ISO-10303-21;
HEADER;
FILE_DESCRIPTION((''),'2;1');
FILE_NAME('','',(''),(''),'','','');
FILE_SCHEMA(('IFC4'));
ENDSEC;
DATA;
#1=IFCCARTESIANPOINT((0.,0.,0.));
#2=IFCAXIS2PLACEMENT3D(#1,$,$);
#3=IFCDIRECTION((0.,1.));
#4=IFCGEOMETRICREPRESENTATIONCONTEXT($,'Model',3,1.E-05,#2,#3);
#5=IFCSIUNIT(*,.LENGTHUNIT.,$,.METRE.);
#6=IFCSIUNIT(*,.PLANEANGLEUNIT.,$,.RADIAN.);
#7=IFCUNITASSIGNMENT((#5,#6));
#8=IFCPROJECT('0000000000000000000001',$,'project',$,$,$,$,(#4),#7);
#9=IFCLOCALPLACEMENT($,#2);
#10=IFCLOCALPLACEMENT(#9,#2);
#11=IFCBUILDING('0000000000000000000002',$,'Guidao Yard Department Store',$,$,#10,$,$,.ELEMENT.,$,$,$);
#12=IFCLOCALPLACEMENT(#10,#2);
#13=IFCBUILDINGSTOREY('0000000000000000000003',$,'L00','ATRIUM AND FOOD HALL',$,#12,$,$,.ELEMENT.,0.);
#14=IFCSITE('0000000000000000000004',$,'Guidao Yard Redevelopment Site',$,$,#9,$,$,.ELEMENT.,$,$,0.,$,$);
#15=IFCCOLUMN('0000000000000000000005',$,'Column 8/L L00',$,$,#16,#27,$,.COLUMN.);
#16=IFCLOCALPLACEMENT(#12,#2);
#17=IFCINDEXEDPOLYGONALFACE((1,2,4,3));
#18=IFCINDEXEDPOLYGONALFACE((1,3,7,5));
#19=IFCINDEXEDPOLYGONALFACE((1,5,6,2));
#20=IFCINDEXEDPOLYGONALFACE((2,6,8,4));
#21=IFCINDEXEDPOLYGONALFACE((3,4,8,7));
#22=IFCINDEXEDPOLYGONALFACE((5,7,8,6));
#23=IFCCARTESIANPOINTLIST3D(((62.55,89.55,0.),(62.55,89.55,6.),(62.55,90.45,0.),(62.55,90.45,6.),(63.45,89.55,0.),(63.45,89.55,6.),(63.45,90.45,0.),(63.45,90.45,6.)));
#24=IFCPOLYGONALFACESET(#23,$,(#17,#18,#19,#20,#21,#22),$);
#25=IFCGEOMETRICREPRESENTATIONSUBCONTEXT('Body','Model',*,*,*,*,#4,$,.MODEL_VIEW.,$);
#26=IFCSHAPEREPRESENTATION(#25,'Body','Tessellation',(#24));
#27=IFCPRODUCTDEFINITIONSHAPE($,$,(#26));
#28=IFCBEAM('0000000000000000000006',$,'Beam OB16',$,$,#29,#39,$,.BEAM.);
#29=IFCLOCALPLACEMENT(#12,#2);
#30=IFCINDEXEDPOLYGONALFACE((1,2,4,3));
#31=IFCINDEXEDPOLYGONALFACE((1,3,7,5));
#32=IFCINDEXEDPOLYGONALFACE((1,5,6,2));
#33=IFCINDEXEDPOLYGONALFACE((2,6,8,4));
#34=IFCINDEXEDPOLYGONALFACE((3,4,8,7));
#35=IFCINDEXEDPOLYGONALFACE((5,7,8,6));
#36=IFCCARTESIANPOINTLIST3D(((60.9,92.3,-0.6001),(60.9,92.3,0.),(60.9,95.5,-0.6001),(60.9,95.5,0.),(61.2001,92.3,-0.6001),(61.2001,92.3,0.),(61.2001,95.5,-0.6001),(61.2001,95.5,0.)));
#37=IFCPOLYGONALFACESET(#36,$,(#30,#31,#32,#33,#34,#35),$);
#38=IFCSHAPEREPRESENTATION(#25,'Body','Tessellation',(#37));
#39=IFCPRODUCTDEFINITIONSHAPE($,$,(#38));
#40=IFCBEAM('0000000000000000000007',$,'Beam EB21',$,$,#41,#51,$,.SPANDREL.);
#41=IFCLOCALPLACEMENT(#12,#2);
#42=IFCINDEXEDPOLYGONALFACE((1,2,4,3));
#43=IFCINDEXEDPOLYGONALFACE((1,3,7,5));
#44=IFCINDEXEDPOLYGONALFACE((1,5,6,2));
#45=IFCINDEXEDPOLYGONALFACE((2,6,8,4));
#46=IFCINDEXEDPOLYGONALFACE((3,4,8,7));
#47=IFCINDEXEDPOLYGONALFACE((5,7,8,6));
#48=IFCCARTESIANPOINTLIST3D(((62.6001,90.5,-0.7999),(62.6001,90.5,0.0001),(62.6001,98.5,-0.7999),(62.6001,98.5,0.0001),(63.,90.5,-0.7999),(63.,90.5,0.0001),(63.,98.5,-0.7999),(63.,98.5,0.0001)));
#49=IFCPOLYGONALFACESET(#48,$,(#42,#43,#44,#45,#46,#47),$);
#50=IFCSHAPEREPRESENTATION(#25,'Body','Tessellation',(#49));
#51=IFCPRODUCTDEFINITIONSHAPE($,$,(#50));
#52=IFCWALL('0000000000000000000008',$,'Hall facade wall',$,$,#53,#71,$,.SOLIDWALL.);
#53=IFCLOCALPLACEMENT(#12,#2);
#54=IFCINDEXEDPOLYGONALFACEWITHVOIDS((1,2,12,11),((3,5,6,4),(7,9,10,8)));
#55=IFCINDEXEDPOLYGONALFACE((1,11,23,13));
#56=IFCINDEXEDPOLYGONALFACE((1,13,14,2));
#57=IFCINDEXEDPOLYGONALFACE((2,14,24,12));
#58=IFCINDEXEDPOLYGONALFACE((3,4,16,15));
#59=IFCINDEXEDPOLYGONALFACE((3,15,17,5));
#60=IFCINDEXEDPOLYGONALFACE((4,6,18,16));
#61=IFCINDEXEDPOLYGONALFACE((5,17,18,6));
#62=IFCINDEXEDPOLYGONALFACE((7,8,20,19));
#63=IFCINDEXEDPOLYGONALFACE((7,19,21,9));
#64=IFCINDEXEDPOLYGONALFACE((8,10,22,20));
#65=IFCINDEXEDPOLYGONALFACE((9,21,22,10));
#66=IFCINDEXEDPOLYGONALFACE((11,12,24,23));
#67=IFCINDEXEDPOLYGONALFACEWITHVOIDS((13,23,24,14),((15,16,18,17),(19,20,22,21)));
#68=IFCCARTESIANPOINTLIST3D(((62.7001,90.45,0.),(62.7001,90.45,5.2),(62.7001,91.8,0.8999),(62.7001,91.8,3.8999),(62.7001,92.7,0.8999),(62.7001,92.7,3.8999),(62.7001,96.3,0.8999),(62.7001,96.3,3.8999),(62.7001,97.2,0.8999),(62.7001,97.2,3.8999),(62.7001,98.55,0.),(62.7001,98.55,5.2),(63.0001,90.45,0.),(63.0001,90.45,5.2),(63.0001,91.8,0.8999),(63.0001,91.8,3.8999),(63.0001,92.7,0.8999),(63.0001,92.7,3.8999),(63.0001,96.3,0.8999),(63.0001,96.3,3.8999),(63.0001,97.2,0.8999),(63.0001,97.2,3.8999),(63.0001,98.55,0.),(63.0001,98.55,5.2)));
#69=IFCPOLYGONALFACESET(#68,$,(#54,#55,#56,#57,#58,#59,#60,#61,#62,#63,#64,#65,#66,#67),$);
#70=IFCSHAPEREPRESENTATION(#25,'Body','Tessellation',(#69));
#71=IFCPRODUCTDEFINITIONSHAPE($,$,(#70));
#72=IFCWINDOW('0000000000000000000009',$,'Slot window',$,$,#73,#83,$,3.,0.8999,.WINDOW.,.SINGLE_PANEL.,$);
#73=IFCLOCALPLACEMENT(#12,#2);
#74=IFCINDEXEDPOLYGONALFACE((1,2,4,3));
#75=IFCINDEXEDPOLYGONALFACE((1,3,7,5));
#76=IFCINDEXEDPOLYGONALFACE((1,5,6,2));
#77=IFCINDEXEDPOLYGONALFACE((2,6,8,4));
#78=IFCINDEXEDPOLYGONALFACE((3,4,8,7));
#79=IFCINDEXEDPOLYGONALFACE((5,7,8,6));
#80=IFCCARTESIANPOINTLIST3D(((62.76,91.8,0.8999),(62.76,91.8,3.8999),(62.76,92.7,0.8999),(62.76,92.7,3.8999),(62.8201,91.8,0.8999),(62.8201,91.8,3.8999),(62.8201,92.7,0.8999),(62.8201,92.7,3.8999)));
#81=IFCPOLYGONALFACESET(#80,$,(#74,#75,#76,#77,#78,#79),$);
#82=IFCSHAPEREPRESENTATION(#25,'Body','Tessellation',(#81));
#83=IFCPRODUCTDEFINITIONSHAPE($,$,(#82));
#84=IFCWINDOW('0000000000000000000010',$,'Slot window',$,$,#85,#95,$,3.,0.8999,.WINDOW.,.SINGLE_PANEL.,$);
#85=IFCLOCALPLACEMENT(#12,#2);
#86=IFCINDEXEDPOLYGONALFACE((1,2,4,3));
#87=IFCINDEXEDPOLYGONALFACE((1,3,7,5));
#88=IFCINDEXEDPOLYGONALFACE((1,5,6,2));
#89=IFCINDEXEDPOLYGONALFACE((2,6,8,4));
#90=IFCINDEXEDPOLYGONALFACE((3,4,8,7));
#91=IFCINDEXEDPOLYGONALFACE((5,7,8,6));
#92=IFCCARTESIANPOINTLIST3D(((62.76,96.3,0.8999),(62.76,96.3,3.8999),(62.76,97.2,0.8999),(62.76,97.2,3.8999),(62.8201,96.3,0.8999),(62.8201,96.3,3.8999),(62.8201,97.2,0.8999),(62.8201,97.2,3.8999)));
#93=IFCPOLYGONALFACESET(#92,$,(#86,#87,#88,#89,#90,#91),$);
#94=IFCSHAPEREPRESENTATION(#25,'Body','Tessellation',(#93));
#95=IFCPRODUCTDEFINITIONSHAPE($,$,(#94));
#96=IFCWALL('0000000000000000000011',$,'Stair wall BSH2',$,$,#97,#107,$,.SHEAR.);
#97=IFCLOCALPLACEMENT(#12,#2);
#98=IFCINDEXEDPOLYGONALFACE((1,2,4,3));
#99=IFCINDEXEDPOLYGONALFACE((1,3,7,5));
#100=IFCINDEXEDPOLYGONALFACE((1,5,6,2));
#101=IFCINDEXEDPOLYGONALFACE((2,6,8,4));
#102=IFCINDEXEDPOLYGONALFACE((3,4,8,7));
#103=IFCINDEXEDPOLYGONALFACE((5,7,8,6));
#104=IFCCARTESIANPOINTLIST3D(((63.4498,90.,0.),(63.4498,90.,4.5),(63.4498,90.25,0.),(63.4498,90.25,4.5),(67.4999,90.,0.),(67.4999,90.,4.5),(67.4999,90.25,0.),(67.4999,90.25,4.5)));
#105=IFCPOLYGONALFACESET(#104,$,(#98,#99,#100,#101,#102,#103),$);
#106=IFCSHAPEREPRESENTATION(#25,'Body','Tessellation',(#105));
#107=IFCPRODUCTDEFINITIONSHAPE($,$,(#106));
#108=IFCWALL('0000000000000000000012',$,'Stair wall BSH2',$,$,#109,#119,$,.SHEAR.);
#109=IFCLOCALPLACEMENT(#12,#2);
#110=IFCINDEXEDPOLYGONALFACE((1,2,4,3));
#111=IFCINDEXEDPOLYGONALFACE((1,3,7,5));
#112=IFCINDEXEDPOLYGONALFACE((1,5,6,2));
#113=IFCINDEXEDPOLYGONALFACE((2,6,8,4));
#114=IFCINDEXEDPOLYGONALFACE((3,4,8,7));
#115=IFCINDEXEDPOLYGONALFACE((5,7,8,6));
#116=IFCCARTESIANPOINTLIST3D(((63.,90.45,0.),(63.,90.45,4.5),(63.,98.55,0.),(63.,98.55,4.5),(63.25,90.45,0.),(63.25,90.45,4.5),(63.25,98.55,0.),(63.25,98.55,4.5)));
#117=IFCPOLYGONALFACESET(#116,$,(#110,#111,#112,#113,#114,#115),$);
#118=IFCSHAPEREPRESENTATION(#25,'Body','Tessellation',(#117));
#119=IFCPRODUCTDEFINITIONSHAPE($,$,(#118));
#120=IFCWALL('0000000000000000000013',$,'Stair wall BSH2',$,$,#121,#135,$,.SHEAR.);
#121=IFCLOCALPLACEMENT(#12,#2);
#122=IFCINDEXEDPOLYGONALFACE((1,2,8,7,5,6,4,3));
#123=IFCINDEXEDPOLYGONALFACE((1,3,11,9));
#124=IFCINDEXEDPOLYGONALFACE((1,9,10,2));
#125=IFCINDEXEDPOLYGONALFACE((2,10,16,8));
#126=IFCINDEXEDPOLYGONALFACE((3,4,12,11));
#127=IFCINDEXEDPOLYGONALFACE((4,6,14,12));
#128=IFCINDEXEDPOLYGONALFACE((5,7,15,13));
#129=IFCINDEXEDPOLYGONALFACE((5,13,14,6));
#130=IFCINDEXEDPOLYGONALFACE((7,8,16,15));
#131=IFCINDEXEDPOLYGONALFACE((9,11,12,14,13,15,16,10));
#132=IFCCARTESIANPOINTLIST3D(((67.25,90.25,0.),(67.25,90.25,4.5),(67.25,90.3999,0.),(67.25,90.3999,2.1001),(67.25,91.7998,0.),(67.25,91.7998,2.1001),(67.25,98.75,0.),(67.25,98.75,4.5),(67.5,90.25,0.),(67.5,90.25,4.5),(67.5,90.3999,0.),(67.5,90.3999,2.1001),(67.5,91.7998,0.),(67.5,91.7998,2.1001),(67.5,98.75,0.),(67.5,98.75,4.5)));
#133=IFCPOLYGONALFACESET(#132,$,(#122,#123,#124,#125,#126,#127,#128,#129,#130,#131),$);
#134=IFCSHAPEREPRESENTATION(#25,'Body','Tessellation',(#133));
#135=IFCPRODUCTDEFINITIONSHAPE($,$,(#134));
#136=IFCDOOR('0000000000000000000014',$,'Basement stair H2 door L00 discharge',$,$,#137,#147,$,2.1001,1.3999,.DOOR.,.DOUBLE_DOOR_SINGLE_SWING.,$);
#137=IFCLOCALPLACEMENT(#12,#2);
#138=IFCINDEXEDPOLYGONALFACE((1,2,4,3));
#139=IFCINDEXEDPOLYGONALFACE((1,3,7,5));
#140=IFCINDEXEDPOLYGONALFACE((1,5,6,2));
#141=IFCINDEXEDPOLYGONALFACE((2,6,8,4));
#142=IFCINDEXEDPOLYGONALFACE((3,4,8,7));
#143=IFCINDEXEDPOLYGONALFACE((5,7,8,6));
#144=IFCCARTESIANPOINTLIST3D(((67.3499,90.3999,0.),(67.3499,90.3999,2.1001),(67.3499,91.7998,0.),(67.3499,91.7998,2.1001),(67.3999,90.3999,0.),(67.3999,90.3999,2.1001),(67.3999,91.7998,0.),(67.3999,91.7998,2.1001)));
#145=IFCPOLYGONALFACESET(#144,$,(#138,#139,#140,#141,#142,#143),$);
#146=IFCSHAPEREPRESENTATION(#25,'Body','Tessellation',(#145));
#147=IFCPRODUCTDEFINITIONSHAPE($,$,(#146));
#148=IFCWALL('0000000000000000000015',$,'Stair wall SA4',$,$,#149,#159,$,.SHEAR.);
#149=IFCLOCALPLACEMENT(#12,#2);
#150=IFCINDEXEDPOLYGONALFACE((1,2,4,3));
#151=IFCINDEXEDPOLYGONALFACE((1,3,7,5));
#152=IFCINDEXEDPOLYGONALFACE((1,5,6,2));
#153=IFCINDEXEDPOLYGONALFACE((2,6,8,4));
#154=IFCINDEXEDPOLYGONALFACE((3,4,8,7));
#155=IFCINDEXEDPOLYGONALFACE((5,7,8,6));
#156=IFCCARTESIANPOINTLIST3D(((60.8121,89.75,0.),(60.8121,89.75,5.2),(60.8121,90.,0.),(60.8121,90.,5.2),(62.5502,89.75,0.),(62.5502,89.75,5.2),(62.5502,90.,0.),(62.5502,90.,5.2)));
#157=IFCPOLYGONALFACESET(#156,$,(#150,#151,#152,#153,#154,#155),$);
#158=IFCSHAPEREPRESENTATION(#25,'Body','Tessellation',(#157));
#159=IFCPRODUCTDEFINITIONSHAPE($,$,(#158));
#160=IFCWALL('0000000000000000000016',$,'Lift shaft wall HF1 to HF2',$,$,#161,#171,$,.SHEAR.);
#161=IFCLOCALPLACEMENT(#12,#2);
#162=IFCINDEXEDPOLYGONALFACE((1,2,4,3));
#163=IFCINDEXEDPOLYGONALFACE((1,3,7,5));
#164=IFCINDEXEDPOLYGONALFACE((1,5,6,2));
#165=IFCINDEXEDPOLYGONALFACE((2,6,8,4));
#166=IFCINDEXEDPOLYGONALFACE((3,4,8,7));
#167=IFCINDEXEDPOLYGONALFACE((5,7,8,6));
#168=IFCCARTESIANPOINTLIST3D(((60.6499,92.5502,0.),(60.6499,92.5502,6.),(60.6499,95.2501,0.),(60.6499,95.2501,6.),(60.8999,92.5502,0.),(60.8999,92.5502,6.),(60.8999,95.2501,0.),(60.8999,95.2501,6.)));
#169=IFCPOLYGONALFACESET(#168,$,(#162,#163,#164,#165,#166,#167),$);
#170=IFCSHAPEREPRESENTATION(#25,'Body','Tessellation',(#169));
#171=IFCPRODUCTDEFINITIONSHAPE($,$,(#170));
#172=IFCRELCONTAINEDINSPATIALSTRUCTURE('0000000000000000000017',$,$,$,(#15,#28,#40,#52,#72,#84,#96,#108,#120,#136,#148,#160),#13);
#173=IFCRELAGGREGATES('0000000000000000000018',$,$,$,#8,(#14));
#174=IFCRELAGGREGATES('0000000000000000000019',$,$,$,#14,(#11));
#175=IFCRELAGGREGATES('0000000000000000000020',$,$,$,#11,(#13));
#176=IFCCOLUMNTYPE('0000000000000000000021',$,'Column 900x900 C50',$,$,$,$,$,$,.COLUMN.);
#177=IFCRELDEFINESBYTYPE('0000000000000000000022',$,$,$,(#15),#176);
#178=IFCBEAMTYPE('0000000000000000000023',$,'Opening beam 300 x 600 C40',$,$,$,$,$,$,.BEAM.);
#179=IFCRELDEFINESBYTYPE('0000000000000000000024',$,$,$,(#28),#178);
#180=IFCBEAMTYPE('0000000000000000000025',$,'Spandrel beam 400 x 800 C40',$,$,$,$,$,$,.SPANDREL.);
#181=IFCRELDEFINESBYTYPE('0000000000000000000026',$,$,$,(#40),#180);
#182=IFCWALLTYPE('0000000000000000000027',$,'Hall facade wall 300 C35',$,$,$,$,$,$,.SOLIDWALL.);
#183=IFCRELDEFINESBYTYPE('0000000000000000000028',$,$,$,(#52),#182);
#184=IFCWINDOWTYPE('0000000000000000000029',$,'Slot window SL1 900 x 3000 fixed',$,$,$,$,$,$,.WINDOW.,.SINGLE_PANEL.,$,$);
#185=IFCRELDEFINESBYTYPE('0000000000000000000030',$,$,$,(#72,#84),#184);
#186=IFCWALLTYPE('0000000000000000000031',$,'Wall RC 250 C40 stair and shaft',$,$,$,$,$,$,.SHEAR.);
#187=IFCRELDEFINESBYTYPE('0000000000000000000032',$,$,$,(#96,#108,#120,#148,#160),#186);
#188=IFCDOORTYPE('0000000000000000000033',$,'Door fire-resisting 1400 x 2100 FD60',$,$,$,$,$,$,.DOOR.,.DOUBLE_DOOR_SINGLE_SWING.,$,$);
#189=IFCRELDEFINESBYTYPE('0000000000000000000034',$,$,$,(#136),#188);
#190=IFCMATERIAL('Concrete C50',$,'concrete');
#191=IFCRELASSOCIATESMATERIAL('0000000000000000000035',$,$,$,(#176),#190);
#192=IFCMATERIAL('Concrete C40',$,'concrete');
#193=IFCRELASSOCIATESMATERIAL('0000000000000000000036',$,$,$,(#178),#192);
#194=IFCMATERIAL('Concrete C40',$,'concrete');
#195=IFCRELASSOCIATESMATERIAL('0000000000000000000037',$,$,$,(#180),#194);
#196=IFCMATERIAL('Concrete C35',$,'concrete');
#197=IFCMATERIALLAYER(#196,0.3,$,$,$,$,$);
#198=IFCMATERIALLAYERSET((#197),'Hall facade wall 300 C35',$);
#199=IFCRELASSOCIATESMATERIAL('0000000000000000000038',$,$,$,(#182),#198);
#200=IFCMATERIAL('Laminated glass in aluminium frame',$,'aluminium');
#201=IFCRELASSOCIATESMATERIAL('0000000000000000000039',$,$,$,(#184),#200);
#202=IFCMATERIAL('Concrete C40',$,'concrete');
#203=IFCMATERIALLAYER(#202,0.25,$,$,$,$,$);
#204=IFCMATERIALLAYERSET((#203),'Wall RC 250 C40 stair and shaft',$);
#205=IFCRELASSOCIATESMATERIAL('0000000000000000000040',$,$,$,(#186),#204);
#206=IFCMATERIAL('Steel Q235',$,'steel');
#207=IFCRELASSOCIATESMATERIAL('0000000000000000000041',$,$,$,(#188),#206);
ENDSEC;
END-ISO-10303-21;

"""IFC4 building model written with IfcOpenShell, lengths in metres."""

from ifc_helpers import new_model, si_unit, direction, frame, frame_2d, origin, origin_2d, place, context, subcontext, project, spatial, rectangle, extrude, material, layer, layer_set, material_profile, profile_set, type_object, element, fill, save


model = new_model("IFC4")

# Units and contexts
model_context = context("Model", 3, precision=1e-05, world=origin(), true_north=direction((0.0, 1.0)))
body_context = subcontext(model_context, "Body", "Model", "MODEL_VIEW")
ifc_project = project(units=[si_unit("LENGTHUNIT", "METRE"), si_unit("PLANEANGLEUNIT", "RADIAN")], contexts=[model_context])

# Site, building, storey
site_placement = place(None, origin())
site = spatial("IfcSite", under=ifc_project, at=site_placement, Name="Guidao Yard Redevelopment Site", CompositionType="ELEMENT", RefElevation=0.0)
building_placement = place(site_placement, origin())
building = spatial("IfcBuilding", under=site, at=building_placement, Name="Guidao Yard Department Store", CompositionType="ELEMENT")
storey_placement = place(building_placement, origin())
storey = spatial("IfcBuildingStorey", under=building, at=storey_placement, Name="L00", Description="ATRIUM AND FOOD HALL", CompositionType="ELEMENT", Elevation=0.0)

# Column
ifc_material_1 = material(Name="Concrete C50", Category="concrete")
ifc_material_profile_1 = material_profile(ifc_material_1, rectangle(XDim=0.8999, YDim=0.8999, at=origin_2d()), Name="COL 900x900")
ifc_profile_set_1 = profile_set([ifc_material_profile_1], Name="Concrete C50")
column_type = type_object("IfcColumnType", Name="Column 900x900 C50", PredefinedType="COLUMN", material=ifc_profile_set_1)
column_placement = place(storey_placement, frame((63.0, 90.0, 0.0), z_axis=(0.0, 0.0, 1.0), x_axis=(1.0, 0.0, 0.0)))
element("IfcColumn", 1, at=column_placement, inside=storey, type_object=column_type, Name="Column 8/L L00", PredefinedType="COLUMN", context=body_context, shape_type="SweptSolid", body=[
    extrude(rectangle(XDim=0.8999, YDim=0.8999, at=origin_2d()), origin(), (0.0, 0.0, 1.0), 6.0),
])

# Beams
ifc_material_2 = material(Name="Concrete C40", Category="concrete")
ifc_material_profile_2 = material_profile(ifc_material_2, rectangle(XDim=0.3, YDim=0.6001, at=origin_2d()), Name="Opening beam 300 x 600 C40")
ifc_profile_set_2 = profile_set([ifc_material_profile_2], Name="Concrete C40")
beam_type_1 = type_object("IfcBeamType", Name="Opening beam 300 x 600 C40", PredefinedType="BEAM", material=ifc_profile_set_2)
beam_1_placement = place(storey_placement, frame((61.05, 92.3, -0.3), z_axis=(0.0, 1.0, 0.0), x_axis=(-1.0, 0.0, 0.0)))
element("IfcBeam", 2, at=beam_1_placement, inside=storey, type_object=beam_type_1, Name="Beam OB16", PredefinedType="BEAM", context=body_context, shape_type="SweptSolid", body=[
    extrude(rectangle(XDim=0.3, YDim=0.6001, at=origin_2d()), origin(), (0.0, 0.0, 1.0), 3.2),
])
ifc_material_3 = material(Name="Concrete C40", Category="concrete")
ifc_material_profile_3 = material_profile(ifc_material_3, rectangle(XDim=0.3999, YDim=0.8, at=origin_2d()), Name="Spandrel beam 400 x 800 C40")
ifc_profile_set_3 = profile_set([ifc_material_profile_3], Name="Concrete C40")
beam_type_2 = type_object("IfcBeamType", Name="Spandrel beam 400 x 800 C40", PredefinedType="SPANDREL", material=ifc_profile_set_3)
beam_2_placement = place(storey_placement, frame((62.8, 90.5, -0.3999), z_axis=(0.0, 1.0, 0.0), x_axis=(-1.0, 0.0, 0.0)))
element("IfcBeam", 3, at=beam_2_placement, inside=storey, type_object=beam_type_2, Name="Beam EB21", PredefinedType="SPANDREL", context=body_context, shape_type="SweptSolid", body=[
    extrude(rectangle(XDim=0.3999, YDim=0.8, at=origin_2d()), origin(), (0.0, 0.0, 1.0), 8.0),
])

# Wall, openings, windows
ifc_material_4 = material(Name="Concrete C35", Category="concrete")
ifc_layer_1 = layer(ifc_material_4, 0.3)
ifc_layer_set_1 = layer_set([ifc_layer_1], Name="Hall facade wall 300 C35")
wall_type_1 = type_object("IfcWallType", Name="Hall facade wall 300 C35", PredefinedType="SOLIDWALL", material=ifc_layer_set_1)
wall_1_placement = place(storey_placement, frame((62.8501, 98.55, 0.0), z_axis=(0.0, 0.0, 1.0), x_axis=(0.0, -1.0, 0.0)))
wall_1 = element("IfcWall", 4, at=wall_1_placement, inside=storey, type_object=wall_type_1, Name="Hall facade wall", PredefinedType="SOLIDWALL", context=body_context, shape_type="SweptSolid", body=[
    extrude(rectangle(XDim=8.1001, YDim=0.3, at=frame_2d((4.05, 0.0))), origin(), (0.0, 0.0, 1.0), 5.2),
])
opening_1_placement = place(wall_1_placement, frame((5.8501, 0.0, 0.8999)))
opening_1 = element("IfcOpeningElement", 5, at=opening_1_placement, cuts=wall_1, PredefinedType="OPENING", context=body_context, shape_type="SweptSolid", body=[
    extrude(rectangle(XDim=0.8999, YDim=3.0, at=frame_2d((0.45, 1.5))), frame((0.0, 0.1599, 0.0), z_axis=(0.0, -1.0, 0.0), x_axis=(1.0, 0.0, 0.0)), (0.0, 0.0, 1.0), 0.3201),
])
opening_2_placement = place(wall_1_placement, frame((1.3501, 0.0, 0.8999)))
opening_2 = element("IfcOpeningElement", 6, at=opening_2_placement, cuts=wall_1, PredefinedType="OPENING", context=body_context, shape_type="SweptSolid", body=[
    extrude(rectangle(XDim=0.8999, YDim=3.0, at=frame_2d((0.45, 1.5))), frame((0.0, 0.1599, 0.0), z_axis=(0.0, -1.0, 0.0), x_axis=(1.0, 0.0, 0.0)), (0.0, 0.0, 1.0), 0.3201),
])
ifc_material_5 = material(Name="Laminated glass in aluminium frame", Category="aluminium")
window_type = type_object("IfcWindowType", Name="Slot window SL1 900 x 3000 fixed", PartitioningType="SINGLE_PANEL", PredefinedType="WINDOW", material=ifc_material_5)
window_1_placement = place(opening_1_placement, origin())
window_1 = element("IfcWindow", 7, at=window_1_placement, inside=storey, type_object=window_type, Name="Slot window", OverallHeight=3.0, OverallWidth=0.8999, PartitioningType="SINGLE_PANEL", PredefinedType="WINDOW", context=body_context, shape_type="SweptSolid", body=[
    extrude(rectangle(XDim=0.8999, YDim=3.0, at=frame_2d((0.45, 1.5))), frame((0.0, -0.03, 0.0), z_axis=(0.0, -1.0, 0.0), x_axis=(1.0, 0.0, 0.0)), (0.0, 0.0, 1.0), 0.0601),
])
fill(opening_1, window_1)
window_2_placement = place(opening_2_placement, origin())
window_2 = element("IfcWindow", 8, at=window_2_placement, inside=storey, type_object=window_type, Name="Slot window", OverallHeight=3.0, OverallWidth=0.8999, PartitioningType="SINGLE_PANEL", PredefinedType="WINDOW", context=body_context, shape_type="SweptSolid", body=[
    extrude(rectangle(XDim=0.8999, YDim=3.0, at=frame_2d((0.45, 1.5))), frame((0.0, -0.03, 0.0), z_axis=(0.0, -1.0, 0.0), x_axis=(1.0, 0.0, 0.0)), (0.0, 0.0, 1.0), 0.0601),
])
fill(opening_2, window_2)

# Walls
ifc_material_6 = material(Name="Concrete C40", Category="concrete")
ifc_layer_2 = layer(ifc_material_6, 0.25)
ifc_layer_set_2 = layer_set([ifc_layer_2], Name="Wall RC 250 C40 stair and shaft")
wall_type_2 = type_object("IfcWallType", Name="Wall RC 250 C40 stair and shaft", PredefinedType="SHEAR", material=ifc_layer_set_2)
wall_2_placement = place(storey_placement, frame((63.45, 90.125, 0.0), z_axis=(0.0, 0.0, 1.0), x_axis=(1.0, 0.0, 0.0)))
element("IfcWall", 9, at=wall_2_placement, inside=storey, type_object=wall_type_2, Name="Stair wall BSH2", PredefinedType="SHEAR", context=body_context, shape_type="SweptSolid", body=[
    extrude(rectangle(XDim=4.05, YDim=0.25, at=frame_2d((2.0249, 0.0))), origin(), (0.0, 0.0, 1.0), 4.5),
])
wall_3_placement = place(storey_placement, frame((63.125, 90.45, 0.0), z_axis=(0.0, 0.0, 1.0), x_axis=(0.0, 1.0, 0.0)))
element("IfcWall", 10, at=wall_3_placement, inside=storey, type_object=wall_type_2, Name="Stair wall BSH2", PredefinedType="SHEAR", context=body_context, shape_type="SweptSolid", body=[
    extrude(rectangle(XDim=8.1001, YDim=0.25, at=frame_2d((4.05, 0.0))), origin(), (0.0, 0.0, 1.0), 4.5),
])

# Wall, opening, door
wall_4_placement = place(storey_placement, frame((67.375, 90.25, 0.0), z_axis=(0.0, 0.0, 1.0), x_axis=(0.0, 1.0, 0.0)))
wall_4 = element("IfcWall", 11, at=wall_4_placement, inside=storey, type_object=wall_type_2, Name="Stair wall BSH2", PredefinedType="SHEAR", context=body_context, shape_type="SweptSolid", body=[
    extrude(rectangle(XDim=8.5, YDim=0.25, at=frame_2d((4.25, 0.0))), origin(), (0.0, 0.0, 1.0), 4.5),
])
opening_3_placement = place(wall_4_placement, frame((1.5498, 0.0, 0.0), z_axis=(0.0, 0.0, 1.0), x_axis=(-1.0, 0.0, 0.0)))
opening_3 = element("IfcOpeningElement", 12, at=opening_3_placement, cuts=wall_4, PredefinedType="OPENING", context=body_context, shape_type="SweptSolid", body=[
    extrude(rectangle(XDim=1.3999, YDim=2.1001, at=frame_2d((0.7, 1.05))), frame((0.0, 0.135, 0.0), z_axis=(0.0, -1.0, 0.0), x_axis=(1.0, 0.0, 0.0)), (0.0, 0.0, 1.0), 0.27),
])
ifc_material_7 = material(Name="Steel Q235", Category="steel")
door_type = type_object("IfcDoorType", Name="Door fire-resisting 1400 x 2100 FD60", OperationType="DOUBLE_DOOR_SINGLE_SWING", PredefinedType="DOOR", material=ifc_material_7)
door_placement = place(opening_3_placement, origin())
door = element("IfcDoor", 13, at=door_placement, inside=storey, type_object=door_type, Name="Basement stair H2 door L00 discharge", OperationType="DOUBLE_DOOR_SINGLE_SWING", OverallHeight=2.1001, OverallWidth=1.3999, PredefinedType="DOOR", context=body_context, shape_type="SweptSolid", body=[
    extrude(rectangle(XDim=1.3999, YDim=2.1001, at=frame_2d((0.7, 1.05))), frame((0.0, 0.0249, 0.0), z_axis=(0.0, -1.0, 0.0), x_axis=(1.0, 0.0, 0.0)), (0.0, 0.0, 1.0), 0.05),
])
fill(opening_3, door)

# Walls
wall_5_placement = place(storey_placement, frame((60.812, 89.875, 0.0), z_axis=(0.0, 0.0, 1.0), x_axis=(1.0, 0.0, 0.0)))
element("IfcWall", 14, at=wall_5_placement, inside=storey, type_object=wall_type_2, Name="Stair wall SA4", PredefinedType="SHEAR", context=body_context, shape_type="SweptSolid", body=[
    extrude(rectangle(XDim=1.738, YDim=0.25, at=frame_2d((0.8691, 0.0))), origin(), (0.0, 0.0, 1.0), 5.2),
])
wall_6_placement = place(storey_placement, frame((60.7749, 92.55, 0.0), z_axis=(0.0, 0.0, 1.0), x_axis=(0.0, 1.0, 0.0)))
element("IfcWall", 15, at=wall_6_placement, inside=storey, type_object=wall_type_2, Name="Lift shaft wall HF1 to HF2", PredefinedType="SHEAR", context=body_context, shape_type="SweptSolid", body=[
    extrude(rectangle(XDim=2.7, YDim=0.25, at=frame_2d((1.3501, 0.0))), origin(), (0.0, 0.0, 1.0), 6.0),
])

save(model, "model.ifc")
